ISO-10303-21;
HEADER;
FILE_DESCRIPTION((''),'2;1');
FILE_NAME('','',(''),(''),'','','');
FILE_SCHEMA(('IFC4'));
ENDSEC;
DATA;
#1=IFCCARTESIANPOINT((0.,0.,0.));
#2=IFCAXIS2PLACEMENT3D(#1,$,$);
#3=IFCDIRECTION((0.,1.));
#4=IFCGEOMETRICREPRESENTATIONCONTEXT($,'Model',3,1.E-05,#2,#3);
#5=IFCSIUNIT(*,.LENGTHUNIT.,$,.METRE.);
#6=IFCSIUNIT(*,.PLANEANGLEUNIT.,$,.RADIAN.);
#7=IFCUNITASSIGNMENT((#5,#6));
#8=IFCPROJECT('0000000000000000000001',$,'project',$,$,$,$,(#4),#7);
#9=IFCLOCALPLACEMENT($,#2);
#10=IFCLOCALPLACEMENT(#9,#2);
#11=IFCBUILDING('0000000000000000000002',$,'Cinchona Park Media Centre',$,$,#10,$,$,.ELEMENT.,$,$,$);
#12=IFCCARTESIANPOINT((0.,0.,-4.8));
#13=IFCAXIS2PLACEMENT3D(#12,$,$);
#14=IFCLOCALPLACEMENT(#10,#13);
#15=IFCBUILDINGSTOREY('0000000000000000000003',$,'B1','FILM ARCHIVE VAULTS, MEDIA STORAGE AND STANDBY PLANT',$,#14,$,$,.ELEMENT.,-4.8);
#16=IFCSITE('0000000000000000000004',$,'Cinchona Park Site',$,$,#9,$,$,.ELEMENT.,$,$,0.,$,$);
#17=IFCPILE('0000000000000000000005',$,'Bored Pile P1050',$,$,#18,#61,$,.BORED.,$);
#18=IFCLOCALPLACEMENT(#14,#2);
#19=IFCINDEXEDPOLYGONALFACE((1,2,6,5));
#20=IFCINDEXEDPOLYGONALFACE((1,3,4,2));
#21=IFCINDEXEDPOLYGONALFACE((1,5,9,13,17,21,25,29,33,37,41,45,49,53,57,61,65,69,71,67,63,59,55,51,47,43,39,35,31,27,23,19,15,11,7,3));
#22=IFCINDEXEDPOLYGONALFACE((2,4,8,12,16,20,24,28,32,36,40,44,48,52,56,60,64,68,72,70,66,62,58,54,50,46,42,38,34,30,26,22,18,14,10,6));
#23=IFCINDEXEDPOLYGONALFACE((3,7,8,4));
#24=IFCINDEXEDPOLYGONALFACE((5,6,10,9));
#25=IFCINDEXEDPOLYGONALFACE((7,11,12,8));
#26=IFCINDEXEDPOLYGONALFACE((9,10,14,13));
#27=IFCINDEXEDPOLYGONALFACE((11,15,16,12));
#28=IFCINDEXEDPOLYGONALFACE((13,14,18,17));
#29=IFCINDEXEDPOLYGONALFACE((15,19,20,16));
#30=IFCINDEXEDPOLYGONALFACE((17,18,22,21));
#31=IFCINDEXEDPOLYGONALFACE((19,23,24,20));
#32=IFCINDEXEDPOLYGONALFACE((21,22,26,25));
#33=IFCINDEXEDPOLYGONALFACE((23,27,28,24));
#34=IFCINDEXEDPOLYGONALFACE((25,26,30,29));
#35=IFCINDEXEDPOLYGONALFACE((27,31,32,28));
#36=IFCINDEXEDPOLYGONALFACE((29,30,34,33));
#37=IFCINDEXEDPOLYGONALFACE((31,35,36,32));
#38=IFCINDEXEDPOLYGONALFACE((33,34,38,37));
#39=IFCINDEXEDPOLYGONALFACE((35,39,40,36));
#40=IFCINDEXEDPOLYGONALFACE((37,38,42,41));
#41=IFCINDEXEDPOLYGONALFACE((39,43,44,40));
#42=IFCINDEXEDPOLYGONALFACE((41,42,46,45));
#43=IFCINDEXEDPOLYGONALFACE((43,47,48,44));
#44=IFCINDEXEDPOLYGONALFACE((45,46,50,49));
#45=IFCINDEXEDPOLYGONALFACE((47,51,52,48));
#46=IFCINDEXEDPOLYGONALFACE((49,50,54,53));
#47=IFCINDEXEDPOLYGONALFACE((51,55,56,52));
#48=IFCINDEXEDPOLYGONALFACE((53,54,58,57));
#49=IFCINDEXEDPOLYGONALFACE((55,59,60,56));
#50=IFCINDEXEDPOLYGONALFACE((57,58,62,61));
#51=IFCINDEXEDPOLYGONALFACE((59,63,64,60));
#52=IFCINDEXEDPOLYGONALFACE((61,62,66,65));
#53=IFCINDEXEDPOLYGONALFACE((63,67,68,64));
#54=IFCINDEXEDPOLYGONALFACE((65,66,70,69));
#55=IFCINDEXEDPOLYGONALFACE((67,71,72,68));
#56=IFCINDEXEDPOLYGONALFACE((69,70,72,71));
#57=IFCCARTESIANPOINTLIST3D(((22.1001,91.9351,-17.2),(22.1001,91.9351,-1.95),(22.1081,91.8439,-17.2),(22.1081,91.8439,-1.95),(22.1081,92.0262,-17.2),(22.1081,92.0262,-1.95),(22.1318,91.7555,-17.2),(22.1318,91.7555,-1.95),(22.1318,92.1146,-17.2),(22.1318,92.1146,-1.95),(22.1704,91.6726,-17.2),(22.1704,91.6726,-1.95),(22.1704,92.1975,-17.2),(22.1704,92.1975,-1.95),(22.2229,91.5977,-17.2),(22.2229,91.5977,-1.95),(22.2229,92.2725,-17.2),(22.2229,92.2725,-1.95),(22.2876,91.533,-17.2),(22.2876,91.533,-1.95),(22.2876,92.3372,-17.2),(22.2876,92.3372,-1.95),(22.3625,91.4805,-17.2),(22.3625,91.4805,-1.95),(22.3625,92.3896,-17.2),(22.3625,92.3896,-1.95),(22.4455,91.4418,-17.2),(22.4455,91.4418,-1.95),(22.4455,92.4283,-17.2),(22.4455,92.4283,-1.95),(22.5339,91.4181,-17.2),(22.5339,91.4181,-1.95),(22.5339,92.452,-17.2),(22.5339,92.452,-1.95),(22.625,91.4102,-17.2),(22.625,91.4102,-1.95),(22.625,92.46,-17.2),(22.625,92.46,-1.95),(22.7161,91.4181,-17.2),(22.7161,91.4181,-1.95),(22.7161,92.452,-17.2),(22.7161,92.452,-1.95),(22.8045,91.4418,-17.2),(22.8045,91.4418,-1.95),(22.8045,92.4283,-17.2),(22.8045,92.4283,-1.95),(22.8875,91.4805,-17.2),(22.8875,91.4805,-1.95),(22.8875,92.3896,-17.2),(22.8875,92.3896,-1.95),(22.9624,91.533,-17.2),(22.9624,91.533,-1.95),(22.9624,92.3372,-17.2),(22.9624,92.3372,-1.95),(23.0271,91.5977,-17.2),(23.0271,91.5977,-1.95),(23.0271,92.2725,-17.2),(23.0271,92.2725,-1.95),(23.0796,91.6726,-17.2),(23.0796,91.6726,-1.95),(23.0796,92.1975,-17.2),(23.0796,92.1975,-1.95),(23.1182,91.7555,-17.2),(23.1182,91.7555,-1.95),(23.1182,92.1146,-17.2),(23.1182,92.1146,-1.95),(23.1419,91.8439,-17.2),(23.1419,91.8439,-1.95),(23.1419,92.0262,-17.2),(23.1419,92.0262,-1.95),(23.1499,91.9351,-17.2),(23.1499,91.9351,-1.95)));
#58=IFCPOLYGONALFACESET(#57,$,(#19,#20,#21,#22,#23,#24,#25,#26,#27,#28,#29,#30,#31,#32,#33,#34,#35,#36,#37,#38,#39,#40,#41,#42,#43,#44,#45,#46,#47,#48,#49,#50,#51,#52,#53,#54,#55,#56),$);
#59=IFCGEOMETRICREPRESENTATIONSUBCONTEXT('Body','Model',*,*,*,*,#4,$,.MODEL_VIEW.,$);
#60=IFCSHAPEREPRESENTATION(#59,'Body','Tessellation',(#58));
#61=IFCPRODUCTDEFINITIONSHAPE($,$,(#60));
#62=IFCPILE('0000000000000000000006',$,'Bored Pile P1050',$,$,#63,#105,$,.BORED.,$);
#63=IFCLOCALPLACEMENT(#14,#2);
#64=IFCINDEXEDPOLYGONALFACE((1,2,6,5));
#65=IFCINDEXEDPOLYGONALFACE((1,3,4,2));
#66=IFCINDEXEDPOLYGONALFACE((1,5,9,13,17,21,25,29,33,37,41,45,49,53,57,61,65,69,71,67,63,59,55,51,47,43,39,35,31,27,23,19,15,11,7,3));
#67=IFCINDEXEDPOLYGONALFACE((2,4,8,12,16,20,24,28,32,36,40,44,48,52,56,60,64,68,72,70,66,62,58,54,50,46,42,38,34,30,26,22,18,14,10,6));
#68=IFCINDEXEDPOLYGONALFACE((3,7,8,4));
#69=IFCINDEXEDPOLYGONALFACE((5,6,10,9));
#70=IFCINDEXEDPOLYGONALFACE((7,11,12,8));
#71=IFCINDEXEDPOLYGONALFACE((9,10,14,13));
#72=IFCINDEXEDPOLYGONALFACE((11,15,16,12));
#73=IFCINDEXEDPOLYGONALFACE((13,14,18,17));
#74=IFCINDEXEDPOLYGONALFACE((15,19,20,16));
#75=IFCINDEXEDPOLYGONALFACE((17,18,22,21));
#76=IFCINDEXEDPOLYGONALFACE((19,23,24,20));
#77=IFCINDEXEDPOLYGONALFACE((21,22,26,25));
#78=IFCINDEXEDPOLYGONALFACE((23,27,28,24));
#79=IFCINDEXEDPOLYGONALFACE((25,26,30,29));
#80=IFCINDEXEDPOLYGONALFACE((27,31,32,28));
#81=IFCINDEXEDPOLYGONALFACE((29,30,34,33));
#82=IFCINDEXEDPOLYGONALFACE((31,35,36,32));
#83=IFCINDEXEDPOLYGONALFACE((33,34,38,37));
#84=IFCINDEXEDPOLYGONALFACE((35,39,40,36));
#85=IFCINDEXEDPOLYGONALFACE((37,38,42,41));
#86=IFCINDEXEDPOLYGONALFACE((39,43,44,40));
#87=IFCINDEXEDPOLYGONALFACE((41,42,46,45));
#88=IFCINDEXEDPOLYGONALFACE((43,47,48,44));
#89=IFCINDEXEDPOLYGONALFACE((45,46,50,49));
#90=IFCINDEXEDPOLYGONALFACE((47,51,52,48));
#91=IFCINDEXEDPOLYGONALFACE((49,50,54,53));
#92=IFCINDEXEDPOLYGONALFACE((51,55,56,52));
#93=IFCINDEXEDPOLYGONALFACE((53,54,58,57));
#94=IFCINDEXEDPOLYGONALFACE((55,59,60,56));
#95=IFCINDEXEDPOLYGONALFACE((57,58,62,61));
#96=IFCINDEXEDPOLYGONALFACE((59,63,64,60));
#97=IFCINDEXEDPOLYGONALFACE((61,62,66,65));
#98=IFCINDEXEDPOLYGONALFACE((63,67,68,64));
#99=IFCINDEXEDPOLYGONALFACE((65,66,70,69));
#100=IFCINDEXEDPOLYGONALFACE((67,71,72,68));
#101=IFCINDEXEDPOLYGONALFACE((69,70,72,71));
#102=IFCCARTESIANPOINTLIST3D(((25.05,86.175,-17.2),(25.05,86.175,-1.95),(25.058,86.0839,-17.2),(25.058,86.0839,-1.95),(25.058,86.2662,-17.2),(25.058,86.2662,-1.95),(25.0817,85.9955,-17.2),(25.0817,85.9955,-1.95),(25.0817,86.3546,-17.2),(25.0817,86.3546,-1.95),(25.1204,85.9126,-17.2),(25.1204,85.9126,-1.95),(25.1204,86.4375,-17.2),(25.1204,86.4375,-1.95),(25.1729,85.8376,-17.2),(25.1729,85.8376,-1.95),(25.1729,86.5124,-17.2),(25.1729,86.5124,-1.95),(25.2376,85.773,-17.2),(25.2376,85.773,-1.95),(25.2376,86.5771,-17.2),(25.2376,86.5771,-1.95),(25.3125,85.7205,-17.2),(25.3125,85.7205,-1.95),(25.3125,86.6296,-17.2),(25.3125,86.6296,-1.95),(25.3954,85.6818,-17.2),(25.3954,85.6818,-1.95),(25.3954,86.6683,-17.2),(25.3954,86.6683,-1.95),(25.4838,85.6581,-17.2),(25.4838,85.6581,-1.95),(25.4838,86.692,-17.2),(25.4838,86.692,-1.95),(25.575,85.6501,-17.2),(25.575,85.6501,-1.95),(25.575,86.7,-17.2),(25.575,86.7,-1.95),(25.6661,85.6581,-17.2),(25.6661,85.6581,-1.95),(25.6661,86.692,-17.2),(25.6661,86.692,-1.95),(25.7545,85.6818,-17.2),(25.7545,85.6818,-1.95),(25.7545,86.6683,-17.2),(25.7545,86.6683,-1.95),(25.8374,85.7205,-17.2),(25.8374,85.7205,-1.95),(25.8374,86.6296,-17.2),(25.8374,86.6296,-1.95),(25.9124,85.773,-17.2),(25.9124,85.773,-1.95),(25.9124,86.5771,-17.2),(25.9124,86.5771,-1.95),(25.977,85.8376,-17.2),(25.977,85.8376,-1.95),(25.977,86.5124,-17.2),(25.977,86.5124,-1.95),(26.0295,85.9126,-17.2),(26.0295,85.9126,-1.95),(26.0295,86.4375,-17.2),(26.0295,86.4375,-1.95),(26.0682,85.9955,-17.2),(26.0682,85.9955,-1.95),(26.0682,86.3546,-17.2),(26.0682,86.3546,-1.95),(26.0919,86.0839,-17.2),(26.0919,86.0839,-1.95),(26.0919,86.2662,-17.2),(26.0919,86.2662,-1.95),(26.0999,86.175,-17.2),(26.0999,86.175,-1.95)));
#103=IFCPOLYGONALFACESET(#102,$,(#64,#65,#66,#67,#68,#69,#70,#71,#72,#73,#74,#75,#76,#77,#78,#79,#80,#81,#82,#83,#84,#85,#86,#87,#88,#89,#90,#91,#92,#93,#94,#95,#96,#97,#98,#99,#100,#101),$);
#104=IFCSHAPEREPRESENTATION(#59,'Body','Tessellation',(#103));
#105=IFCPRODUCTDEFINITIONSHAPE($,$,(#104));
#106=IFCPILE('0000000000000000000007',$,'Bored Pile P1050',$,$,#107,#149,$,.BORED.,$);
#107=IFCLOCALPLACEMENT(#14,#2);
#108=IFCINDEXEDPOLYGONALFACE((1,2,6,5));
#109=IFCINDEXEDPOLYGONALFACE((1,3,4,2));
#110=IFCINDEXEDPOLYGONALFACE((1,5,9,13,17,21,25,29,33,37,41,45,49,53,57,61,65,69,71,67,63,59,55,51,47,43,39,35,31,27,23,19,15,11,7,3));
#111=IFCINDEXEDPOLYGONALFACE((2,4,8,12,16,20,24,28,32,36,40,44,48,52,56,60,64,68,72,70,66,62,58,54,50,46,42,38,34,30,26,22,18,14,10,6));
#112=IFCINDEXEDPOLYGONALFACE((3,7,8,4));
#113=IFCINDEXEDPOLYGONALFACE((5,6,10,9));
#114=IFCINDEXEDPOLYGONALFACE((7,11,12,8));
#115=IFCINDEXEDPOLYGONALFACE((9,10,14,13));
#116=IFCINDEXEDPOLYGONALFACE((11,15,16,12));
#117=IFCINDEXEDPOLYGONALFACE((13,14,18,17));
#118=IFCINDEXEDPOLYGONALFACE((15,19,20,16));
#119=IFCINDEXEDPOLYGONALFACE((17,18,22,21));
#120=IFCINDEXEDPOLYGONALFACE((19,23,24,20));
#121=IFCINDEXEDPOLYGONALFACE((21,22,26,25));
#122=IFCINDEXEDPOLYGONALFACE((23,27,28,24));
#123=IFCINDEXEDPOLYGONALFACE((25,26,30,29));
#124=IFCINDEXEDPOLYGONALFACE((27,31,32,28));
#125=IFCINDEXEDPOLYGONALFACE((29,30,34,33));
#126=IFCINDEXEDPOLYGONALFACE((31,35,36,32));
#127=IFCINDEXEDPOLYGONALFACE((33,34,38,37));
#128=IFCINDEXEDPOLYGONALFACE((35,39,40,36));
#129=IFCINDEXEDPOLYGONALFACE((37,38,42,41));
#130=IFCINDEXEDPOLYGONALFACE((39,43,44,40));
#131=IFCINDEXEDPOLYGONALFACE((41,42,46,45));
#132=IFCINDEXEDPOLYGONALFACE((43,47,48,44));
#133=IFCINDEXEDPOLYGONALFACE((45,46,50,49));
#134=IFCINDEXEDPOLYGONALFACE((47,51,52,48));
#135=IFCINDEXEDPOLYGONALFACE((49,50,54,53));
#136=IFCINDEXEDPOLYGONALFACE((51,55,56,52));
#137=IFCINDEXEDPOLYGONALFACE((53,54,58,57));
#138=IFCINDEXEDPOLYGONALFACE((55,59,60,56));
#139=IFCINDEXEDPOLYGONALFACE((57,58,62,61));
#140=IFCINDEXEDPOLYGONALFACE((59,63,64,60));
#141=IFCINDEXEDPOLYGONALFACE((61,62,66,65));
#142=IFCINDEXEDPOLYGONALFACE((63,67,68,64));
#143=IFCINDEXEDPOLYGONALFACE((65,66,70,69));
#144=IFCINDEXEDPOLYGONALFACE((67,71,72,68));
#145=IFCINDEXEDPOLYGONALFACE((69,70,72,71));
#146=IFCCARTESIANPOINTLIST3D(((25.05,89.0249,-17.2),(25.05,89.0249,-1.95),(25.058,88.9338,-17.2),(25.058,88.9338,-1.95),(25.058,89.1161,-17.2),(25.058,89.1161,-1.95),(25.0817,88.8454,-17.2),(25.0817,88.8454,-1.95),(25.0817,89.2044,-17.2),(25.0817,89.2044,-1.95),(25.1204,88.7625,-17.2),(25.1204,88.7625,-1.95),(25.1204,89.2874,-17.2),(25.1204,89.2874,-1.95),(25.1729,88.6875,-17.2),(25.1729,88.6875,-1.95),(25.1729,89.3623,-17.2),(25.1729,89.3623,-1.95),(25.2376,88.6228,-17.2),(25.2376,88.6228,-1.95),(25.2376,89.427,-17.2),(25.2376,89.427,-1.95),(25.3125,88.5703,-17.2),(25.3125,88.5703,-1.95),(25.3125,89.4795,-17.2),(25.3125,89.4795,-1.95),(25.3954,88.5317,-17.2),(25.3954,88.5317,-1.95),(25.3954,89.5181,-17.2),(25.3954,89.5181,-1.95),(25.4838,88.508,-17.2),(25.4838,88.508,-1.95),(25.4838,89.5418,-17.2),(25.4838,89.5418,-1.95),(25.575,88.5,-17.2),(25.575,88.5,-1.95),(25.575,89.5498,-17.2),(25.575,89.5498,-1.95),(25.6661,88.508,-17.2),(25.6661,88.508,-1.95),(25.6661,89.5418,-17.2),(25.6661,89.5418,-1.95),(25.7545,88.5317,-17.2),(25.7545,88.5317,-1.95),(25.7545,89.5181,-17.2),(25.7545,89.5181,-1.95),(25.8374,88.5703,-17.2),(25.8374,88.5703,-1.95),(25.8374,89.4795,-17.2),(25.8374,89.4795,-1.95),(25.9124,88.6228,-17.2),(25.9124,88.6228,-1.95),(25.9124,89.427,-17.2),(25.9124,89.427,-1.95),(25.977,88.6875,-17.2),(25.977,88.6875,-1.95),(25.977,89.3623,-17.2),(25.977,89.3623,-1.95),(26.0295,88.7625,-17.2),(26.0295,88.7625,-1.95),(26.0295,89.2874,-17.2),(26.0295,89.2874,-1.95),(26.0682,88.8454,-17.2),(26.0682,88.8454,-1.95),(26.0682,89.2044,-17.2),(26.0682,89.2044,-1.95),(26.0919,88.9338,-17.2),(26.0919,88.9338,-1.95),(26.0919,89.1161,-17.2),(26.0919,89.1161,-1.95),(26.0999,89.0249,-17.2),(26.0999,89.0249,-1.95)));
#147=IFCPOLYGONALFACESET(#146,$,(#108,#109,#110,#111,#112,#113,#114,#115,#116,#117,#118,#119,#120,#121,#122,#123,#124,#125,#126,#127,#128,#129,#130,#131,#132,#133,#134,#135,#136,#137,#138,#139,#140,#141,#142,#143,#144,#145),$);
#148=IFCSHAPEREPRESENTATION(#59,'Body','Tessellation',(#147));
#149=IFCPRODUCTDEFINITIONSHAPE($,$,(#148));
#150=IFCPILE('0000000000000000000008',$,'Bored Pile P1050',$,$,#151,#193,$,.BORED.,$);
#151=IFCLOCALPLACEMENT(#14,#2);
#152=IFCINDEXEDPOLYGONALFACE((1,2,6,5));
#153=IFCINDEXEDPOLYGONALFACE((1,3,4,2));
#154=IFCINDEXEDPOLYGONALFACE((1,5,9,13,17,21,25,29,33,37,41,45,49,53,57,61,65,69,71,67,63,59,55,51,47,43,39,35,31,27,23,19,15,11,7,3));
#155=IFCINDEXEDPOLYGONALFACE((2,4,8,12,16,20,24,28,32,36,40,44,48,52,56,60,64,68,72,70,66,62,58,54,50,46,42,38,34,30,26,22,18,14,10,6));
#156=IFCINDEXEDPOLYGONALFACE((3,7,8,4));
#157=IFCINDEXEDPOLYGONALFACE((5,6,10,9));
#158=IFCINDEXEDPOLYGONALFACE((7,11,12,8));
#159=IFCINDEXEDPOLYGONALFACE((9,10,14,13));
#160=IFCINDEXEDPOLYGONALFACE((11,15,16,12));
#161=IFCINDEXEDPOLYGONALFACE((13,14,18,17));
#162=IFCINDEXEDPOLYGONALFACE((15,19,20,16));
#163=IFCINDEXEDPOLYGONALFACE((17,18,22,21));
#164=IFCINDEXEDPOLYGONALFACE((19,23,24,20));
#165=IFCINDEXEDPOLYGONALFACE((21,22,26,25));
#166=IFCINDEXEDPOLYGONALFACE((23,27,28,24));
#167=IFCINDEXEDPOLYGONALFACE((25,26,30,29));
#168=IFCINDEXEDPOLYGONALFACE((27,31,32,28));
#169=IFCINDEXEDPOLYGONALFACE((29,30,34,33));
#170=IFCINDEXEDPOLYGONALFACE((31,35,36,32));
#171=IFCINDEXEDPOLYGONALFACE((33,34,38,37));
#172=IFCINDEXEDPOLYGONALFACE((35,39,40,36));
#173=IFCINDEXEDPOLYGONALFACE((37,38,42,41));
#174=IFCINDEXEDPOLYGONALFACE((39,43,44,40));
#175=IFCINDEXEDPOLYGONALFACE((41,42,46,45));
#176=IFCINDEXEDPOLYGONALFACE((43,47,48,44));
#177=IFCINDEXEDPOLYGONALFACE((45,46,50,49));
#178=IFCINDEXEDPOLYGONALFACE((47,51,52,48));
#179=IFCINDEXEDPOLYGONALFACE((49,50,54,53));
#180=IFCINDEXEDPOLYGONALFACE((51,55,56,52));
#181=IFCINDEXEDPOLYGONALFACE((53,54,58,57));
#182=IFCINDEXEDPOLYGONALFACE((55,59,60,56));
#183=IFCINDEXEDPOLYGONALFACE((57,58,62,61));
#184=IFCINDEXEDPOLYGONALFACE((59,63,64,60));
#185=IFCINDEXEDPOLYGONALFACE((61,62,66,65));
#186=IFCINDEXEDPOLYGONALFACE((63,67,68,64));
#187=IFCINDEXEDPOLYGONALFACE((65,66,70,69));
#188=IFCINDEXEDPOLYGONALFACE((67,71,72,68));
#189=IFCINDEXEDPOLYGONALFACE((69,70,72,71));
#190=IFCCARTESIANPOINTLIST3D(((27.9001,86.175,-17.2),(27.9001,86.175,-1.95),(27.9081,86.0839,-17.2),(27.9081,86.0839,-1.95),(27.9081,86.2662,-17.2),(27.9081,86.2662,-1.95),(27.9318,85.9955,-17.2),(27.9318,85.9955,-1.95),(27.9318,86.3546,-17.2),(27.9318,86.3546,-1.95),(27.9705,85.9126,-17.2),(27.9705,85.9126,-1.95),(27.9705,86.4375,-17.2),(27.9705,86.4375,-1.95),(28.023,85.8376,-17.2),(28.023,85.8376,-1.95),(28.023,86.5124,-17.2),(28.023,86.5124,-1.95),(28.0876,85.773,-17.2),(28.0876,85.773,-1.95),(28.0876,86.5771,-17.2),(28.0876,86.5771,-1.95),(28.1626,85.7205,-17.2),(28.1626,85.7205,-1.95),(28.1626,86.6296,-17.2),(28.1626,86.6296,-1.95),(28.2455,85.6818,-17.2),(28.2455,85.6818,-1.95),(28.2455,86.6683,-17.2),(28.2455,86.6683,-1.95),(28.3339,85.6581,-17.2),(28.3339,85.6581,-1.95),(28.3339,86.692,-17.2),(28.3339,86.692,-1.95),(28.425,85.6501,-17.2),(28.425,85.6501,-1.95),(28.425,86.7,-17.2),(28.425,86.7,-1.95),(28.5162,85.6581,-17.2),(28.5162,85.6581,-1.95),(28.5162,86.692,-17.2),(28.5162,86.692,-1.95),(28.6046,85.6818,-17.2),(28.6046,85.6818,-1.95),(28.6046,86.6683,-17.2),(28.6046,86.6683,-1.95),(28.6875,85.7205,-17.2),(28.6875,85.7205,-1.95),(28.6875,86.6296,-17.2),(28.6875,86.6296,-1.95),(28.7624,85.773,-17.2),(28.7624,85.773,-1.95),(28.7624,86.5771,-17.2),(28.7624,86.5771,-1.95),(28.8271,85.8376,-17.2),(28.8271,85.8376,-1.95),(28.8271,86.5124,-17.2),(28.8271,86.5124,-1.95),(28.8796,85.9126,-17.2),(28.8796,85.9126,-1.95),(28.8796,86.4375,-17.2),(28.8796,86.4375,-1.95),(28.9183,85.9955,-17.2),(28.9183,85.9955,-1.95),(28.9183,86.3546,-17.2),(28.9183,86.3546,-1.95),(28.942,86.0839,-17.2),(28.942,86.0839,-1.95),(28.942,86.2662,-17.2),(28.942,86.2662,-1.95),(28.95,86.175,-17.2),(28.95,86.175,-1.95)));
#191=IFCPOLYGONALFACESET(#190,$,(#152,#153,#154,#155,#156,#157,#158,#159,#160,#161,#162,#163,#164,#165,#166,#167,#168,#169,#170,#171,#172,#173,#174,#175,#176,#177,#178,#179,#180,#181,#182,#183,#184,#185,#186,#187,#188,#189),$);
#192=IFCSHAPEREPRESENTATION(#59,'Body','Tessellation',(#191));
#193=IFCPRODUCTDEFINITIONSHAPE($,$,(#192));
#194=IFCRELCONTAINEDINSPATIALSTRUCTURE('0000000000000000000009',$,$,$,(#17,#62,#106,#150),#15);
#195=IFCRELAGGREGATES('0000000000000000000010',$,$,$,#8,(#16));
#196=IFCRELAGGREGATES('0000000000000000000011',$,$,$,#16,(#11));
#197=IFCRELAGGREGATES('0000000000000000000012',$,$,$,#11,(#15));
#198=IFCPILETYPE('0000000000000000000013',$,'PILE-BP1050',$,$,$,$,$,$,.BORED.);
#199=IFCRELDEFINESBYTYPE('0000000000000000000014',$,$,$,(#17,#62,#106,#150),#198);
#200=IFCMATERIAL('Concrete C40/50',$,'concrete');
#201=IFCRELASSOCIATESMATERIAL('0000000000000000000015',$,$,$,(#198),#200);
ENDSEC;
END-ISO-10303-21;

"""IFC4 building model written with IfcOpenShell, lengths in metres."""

from ifc_helpers import new_model, si_unit, direction, frame, origin, origin_2d, place, context, subcontext, project, spatial, circle, extrude, material, material_profile, profile_set, type_object, element, save


model = new_model("IFC4")

# Units and contexts
model_context = context("Model", 3, precision=1e-05, world=origin(), true_north=direction((0.0, 1.0)))
body_context = subcontext(model_context, "Body", "Model", "MODEL_VIEW")
ifc_project = project(units=[si_unit("LENGTHUNIT", "METRE"), si_unit("PLANEANGLEUNIT", "RADIAN")], contexts=[model_context])

# Site, building, storey
site_placement = place(None, origin())
site = spatial("IfcSite", under=ifc_project, at=site_placement, Name="Cinchona Park Site", CompositionType="ELEMENT", RefElevation=0.0)
building_placement = place(site_placement, origin())
building = spatial("IfcBuilding", under=site, at=building_placement, Name="Cinchona Park Media Centre", CompositionType="ELEMENT")
storey_placement = place(building_placement, frame((0.0, 0.0, -4.8)))
storey = spatial("IfcBuildingStorey", under=building, at=storey_placement, Name="B1", Description="FILM ARCHIVE VAULTS, MEDIA STORAGE AND STANDBY PLANT", CompositionType="ELEMENT", Elevation=-4.8)

# Piles
ifc_material_1 = material(Name="Concrete C40/50", Category="concrete")
ifc_material_profile_1 = material_profile(ifc_material_1, circle(Radius=0.5249, at=origin_2d()), Name="BORED PILE 1050")
ifc_profile_set_1 = profile_set([ifc_material_profile_1], Name="Concrete C40/50")
pile_type_1 = type_object("IfcPileType", Name="PILE-BP1050", PredefinedType="BORED", material=ifc_profile_set_1)
for number, where, z_axis, x_axis, name in (
    (1, (22.625, 91.9351, -1.95), (0.0, 0.0, -1.0), (1.0, 0.0, 0.0), "Bored Pile P1050"),
    (2, (25.575, 86.175, -1.95), (0.0, 0.0, -1.0), (1.0, 0.0, 0.0), "Bored Pile P1050"),
    (3, (25.575, 89.0249, -1.95), (0.0, 0.0, -1.0), (1.0, 0.0, 0.0), "Bored Pile P1050"),
    (4, (28.425, 86.175, -1.95), (0.0, 0.0, -1.0), (1.0, 0.0, 0.0), "Bored Pile P1050"),
):
    element("IfcPile", number, at=place(storey_placement, frame(where, z_axis=z_axis, x_axis=x_axis)), inside=storey, type_object=pile_type_1, Name=name, PredefinedType="BORED", context=body_context, shape_type="SweptSolid", body=[
        extrude(circle(Radius=0.5249, at=origin_2d()), origin(), (0.0, 0.0, 1.0), 15.25),
    ])

save(model, "model.ifc")
